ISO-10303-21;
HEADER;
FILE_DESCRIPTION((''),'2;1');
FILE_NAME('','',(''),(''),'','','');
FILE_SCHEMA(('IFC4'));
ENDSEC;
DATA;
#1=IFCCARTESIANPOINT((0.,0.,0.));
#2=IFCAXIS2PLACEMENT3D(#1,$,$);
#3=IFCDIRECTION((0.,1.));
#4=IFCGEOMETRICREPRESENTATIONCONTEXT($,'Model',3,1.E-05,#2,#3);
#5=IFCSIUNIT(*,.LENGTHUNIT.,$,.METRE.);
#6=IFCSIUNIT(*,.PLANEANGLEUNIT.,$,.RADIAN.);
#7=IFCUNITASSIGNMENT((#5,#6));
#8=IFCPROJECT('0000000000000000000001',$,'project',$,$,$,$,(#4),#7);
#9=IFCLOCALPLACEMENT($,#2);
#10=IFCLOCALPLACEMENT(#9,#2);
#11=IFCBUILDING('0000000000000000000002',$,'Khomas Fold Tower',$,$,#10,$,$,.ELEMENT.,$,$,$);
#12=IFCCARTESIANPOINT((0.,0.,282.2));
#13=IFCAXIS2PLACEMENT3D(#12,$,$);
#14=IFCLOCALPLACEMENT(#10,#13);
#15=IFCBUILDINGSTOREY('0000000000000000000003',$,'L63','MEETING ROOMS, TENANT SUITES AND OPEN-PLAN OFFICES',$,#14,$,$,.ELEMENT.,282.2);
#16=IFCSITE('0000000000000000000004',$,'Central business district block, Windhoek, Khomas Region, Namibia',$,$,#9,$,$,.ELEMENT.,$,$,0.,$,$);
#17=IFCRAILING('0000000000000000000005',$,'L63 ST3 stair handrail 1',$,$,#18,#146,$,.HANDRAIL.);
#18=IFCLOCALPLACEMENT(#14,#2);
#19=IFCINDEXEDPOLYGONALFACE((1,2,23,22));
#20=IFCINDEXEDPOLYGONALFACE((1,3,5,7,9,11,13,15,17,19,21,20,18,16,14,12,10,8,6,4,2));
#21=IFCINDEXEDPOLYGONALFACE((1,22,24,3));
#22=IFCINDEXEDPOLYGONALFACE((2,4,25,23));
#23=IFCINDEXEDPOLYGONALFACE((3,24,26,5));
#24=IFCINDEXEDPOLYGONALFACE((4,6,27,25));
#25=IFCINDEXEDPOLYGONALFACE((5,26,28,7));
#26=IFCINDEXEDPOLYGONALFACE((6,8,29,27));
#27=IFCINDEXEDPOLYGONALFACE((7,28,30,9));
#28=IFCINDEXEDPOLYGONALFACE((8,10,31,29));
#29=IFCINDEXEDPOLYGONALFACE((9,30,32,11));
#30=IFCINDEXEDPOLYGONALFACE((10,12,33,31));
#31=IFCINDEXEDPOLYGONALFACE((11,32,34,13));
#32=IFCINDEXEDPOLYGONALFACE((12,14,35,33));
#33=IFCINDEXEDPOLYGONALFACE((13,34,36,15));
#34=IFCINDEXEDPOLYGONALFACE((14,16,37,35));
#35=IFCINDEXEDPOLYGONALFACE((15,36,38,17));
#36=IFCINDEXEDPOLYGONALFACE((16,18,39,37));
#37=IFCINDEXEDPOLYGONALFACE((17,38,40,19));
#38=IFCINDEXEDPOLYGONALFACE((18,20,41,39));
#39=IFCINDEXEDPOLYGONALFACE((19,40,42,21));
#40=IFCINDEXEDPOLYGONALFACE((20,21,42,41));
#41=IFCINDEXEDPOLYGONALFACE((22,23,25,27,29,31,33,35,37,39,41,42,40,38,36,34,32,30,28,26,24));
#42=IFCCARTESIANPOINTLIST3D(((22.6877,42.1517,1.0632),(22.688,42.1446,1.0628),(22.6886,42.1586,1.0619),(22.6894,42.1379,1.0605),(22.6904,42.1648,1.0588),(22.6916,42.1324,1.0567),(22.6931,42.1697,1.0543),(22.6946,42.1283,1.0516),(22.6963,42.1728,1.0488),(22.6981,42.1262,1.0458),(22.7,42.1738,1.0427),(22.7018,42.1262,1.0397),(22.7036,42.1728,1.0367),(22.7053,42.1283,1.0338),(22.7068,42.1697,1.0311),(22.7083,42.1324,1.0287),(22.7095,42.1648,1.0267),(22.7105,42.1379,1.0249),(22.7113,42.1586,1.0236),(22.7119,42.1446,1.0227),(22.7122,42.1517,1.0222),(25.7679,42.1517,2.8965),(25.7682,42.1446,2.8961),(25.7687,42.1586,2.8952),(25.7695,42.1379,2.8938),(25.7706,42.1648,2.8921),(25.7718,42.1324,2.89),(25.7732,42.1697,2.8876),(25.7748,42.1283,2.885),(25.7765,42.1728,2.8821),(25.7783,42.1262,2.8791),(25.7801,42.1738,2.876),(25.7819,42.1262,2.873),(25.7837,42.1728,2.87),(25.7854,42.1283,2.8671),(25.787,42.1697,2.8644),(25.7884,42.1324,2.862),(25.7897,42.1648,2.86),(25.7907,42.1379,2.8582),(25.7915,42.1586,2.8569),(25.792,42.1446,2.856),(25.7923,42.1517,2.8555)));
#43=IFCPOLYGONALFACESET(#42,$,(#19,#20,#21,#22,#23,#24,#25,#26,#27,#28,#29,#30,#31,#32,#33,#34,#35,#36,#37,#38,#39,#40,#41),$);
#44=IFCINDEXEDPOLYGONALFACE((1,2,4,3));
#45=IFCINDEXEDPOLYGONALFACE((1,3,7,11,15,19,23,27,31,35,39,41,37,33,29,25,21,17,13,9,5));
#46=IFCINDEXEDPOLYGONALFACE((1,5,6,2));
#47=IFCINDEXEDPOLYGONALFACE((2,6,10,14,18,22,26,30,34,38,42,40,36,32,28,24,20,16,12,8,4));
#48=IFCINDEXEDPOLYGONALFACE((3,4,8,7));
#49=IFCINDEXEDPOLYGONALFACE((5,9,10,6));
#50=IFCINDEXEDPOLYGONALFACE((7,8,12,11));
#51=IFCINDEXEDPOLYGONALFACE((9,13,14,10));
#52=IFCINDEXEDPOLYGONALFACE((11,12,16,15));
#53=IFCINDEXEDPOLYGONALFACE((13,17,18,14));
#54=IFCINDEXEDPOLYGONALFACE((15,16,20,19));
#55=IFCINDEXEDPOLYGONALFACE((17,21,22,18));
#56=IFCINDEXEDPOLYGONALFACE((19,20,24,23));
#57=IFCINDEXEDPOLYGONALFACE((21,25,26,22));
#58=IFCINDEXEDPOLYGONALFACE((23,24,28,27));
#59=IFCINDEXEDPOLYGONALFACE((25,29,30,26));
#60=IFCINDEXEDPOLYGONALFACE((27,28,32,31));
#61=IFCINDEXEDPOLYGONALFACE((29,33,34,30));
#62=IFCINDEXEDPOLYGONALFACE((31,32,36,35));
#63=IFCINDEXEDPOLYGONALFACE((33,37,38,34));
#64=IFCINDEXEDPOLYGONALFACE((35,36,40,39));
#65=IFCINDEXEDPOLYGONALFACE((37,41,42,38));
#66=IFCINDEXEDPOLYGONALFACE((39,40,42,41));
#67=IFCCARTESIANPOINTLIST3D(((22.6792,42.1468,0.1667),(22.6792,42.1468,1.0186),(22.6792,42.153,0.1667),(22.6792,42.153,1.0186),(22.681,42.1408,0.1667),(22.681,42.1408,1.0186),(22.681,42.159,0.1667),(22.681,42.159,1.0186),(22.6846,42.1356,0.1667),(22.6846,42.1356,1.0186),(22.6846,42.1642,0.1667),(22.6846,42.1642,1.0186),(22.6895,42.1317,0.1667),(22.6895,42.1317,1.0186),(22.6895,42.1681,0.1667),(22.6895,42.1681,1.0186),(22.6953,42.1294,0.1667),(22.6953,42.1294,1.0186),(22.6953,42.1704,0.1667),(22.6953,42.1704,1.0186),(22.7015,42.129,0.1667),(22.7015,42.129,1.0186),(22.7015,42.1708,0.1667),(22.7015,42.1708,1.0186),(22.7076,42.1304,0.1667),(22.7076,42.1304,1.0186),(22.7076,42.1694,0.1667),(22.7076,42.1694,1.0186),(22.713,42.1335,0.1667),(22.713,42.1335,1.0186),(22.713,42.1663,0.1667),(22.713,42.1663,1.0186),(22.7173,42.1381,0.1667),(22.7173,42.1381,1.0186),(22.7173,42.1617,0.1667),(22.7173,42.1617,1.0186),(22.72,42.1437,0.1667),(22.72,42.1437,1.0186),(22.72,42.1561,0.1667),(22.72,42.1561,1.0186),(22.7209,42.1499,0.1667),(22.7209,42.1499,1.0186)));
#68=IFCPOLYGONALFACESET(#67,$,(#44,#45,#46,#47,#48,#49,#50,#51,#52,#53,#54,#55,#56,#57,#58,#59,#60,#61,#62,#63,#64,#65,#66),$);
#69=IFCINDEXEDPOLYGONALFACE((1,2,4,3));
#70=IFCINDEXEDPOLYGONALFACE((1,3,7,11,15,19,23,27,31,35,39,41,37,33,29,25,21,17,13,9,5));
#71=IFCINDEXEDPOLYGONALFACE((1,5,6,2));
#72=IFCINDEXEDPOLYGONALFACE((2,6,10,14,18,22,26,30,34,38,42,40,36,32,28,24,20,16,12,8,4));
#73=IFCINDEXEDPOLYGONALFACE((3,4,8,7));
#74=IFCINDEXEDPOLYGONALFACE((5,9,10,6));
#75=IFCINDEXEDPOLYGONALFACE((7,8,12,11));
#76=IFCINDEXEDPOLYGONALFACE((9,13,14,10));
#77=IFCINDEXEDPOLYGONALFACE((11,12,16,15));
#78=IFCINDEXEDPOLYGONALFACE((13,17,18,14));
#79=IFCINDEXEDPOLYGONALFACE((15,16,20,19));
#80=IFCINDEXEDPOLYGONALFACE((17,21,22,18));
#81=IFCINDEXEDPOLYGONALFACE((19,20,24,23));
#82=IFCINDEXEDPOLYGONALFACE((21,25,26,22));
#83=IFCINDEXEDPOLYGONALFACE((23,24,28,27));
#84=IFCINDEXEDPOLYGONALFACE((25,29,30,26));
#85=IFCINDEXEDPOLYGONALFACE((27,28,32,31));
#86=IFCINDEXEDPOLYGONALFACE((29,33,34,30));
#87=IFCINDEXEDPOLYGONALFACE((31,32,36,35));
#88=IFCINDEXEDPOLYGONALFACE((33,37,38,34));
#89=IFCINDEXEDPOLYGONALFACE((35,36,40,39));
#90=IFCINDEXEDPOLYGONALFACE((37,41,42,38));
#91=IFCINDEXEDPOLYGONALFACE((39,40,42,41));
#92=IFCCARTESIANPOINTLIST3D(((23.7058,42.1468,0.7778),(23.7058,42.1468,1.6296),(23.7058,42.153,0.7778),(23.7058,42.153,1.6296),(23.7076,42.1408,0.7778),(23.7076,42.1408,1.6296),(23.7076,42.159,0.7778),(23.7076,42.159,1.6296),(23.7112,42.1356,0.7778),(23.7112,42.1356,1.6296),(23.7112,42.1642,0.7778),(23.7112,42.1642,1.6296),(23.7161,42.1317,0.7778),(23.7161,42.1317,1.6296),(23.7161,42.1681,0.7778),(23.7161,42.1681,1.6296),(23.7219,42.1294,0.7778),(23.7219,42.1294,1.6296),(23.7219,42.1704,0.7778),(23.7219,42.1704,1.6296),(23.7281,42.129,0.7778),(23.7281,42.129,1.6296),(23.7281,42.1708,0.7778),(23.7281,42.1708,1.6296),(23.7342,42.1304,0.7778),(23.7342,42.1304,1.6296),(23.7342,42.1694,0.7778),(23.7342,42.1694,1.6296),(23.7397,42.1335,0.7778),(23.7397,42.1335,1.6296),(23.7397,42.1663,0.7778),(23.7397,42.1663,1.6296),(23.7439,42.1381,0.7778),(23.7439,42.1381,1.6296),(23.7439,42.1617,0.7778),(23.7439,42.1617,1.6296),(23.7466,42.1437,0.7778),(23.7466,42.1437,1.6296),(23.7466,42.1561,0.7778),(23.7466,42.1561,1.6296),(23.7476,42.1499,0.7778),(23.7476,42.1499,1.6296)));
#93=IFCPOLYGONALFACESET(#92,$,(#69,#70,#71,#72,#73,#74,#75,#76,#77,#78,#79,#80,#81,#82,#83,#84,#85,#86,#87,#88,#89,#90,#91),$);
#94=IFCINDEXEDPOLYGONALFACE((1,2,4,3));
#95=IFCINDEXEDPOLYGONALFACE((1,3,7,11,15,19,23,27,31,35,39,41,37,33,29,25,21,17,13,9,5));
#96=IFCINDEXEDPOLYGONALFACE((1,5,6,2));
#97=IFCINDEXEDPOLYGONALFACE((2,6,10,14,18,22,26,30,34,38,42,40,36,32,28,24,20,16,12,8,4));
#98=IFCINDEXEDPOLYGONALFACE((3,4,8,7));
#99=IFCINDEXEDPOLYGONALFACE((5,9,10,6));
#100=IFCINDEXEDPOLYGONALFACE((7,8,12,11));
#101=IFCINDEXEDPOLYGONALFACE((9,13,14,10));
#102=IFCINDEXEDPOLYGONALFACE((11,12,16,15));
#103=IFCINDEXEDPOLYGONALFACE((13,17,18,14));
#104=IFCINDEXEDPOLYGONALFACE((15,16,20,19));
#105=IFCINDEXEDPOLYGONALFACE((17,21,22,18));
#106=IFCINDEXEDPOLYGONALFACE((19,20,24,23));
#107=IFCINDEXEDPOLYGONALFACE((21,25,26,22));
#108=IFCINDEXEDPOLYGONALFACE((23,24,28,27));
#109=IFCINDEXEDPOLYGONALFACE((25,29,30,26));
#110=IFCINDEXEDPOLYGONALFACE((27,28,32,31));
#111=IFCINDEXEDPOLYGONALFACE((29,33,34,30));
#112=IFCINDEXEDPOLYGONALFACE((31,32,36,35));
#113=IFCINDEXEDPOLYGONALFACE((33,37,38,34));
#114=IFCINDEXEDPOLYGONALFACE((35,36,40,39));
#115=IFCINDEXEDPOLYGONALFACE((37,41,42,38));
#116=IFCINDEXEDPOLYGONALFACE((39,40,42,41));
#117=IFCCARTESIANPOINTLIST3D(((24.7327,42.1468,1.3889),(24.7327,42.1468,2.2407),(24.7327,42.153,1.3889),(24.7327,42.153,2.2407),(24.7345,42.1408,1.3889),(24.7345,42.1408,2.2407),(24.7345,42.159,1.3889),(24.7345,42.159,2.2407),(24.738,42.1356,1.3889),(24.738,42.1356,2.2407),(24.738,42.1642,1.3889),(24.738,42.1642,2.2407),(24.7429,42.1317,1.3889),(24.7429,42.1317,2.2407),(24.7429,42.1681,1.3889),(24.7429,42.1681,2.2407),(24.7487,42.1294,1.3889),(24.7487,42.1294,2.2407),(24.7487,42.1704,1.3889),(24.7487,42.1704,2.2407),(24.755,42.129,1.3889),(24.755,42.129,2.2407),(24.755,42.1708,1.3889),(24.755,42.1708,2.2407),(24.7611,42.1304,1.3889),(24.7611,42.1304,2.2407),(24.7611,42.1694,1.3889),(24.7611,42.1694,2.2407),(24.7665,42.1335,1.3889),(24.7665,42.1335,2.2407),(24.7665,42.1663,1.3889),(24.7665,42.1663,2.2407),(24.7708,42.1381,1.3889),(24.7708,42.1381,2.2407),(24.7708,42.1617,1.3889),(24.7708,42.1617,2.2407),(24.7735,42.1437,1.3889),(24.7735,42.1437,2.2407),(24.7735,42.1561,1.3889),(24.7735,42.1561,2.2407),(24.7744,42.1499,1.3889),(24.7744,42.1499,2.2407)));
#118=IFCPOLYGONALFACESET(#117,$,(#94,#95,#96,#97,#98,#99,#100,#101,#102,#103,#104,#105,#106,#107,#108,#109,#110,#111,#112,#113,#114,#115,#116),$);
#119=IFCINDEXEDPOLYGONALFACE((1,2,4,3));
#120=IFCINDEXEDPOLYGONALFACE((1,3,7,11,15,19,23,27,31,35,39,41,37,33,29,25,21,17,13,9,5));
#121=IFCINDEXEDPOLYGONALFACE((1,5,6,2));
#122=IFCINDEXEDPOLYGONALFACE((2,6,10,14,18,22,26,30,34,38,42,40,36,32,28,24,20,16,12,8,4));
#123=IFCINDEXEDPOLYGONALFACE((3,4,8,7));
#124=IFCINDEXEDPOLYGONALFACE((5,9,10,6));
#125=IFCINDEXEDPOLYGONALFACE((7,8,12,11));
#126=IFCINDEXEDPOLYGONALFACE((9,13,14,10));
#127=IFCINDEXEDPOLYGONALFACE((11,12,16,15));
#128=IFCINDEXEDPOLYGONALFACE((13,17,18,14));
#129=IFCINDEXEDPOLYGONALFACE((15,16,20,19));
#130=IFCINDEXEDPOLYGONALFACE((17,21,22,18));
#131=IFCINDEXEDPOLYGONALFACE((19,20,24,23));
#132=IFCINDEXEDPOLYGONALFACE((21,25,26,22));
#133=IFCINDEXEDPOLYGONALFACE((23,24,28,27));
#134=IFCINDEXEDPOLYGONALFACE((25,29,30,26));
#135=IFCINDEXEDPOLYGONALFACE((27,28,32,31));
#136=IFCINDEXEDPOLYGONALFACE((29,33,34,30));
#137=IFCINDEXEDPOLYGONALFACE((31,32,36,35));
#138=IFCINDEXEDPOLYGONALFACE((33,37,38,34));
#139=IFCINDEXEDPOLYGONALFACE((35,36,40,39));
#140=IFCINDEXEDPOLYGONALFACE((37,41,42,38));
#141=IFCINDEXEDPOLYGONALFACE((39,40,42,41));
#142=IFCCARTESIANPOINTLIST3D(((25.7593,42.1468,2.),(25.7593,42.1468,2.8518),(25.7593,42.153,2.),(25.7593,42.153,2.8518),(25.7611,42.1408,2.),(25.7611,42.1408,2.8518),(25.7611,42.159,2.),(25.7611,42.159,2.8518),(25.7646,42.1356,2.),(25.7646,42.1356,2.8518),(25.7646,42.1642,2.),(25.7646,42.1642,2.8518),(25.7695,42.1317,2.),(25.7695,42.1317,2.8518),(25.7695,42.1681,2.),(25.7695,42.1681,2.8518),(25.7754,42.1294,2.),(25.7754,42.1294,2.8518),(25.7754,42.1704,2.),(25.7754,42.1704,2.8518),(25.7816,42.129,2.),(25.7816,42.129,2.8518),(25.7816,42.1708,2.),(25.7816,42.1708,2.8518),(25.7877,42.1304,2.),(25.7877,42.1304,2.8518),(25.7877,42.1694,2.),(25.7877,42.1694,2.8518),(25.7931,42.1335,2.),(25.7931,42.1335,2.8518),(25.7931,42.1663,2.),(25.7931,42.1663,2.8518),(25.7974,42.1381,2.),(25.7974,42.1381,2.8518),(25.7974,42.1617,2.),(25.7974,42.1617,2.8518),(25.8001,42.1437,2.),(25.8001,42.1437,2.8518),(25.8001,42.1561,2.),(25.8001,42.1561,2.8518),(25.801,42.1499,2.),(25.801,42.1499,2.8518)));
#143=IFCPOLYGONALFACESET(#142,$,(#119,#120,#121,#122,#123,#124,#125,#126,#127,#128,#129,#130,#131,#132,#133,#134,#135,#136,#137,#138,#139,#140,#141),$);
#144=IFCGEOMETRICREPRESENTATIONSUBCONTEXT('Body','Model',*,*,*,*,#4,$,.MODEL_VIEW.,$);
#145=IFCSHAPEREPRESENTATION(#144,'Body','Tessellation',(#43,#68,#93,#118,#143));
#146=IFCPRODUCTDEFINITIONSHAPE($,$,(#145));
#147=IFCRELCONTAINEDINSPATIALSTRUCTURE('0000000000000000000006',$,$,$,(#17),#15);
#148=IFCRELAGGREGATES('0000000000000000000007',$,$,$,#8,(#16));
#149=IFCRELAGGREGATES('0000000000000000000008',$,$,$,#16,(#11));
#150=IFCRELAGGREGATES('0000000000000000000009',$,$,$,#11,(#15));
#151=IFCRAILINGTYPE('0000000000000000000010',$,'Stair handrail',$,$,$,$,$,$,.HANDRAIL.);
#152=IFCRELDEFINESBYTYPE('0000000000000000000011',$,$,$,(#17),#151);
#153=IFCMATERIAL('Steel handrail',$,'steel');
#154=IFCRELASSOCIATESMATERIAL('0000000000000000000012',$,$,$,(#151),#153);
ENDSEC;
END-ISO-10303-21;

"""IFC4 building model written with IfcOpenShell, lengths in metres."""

from ifc_helpers import new_model, si_unit, direction, frame, origin, origin_2d, place, context, subcontext, project, spatial, circle, extrude, source, transform, mapped, material, type_object, element, save


model = new_model("IFC4")

# Units and contexts
model_context = context("Model", 3, precision=1e-05, world=origin(), true_north=direction((0.0, 1.0)))
body_context = subcontext(model_context, "Body", "Model", "MODEL_VIEW")
ifc_project = project(units=[si_unit("LENGTHUNIT", "METRE"), si_unit("PLANEANGLEUNIT", "RADIAN")], contexts=[model_context])

# Site, building, storey
site_placement = place(None, origin())
site = spatial("IfcSite", under=ifc_project, at=site_placement, Name="Central business district block, Windhoek, Khomas Region, Namibia", CompositionType="ELEMENT", RefElevation=0.0)
building_placement = place(site_placement, origin())
building = spatial("IfcBuilding", under=site, at=building_placement, Name="Khomas Fold Tower", CompositionType="ELEMENT")
storey_placement = place(building_placement, frame((0.0, 0.0, 282.2)))
storey = spatial("IfcBuildingStorey", under=building, at=storey_placement, Name="L63", Description="MEETING ROOMS, TENANT SUITES AND OPEN-PLAN OFFICES", CompositionType="ELEMENT", Elevation=282.2)

# Railing
ifc_material_1 = material(Name="Steel handrail", Category="steel")
railing_type_1 = type_object("IfcRailingType", Name="Stair handrail", PredefinedType="HANDRAIL", material=ifc_material_1)
shared_shape_1 = source(origin(), body_context, "Body", "SweptSolid", [
    extrude(circle(Radius=0.0239, at=origin_2d()), frame((0.0, 0.0, 0.876), z_axis=(0.859309, 0.0, 0.511458), x_axis=(0.0, 1.0, 0.0)), (0.0, 0.0, 1.0), 3.5845),
    extrude(circle(Radius=0.021, at=origin_2d()), origin(), (0.0, 0.0, 1.0), 0.8518),
    extrude(circle(Radius=0.021, at=origin_2d()), frame((1.0266, 0.0, 0.6111)), (0.0, 0.0, 1.0), 0.8518),
    extrude(circle(Radius=0.021, at=origin_2d()), frame((2.0535, 0.0, 1.2222)), (0.0, 0.0, 1.0), 0.8518),
    extrude(circle(Radius=0.021, at=origin_2d()), frame((3.0801, 0.0, 1.8333)), (0.0, 0.0, 1.0), 0.8518),
])
railing_1_placement = place(storey_placement, frame((22.7, 42.1499, 0.1667)))
element("IfcRailing", 1, at=railing_1_placement, inside=storey, type_object=railing_type_1, Name="L63 ST3 stair handrail 1", PredefinedType="HANDRAIL", context=body_context, shape_type="MappedRepresentation", body=[
    mapped(shared_shape_1, transform((0.0, 0.0, 0.0))),
])

save(model, "model.ifc")
